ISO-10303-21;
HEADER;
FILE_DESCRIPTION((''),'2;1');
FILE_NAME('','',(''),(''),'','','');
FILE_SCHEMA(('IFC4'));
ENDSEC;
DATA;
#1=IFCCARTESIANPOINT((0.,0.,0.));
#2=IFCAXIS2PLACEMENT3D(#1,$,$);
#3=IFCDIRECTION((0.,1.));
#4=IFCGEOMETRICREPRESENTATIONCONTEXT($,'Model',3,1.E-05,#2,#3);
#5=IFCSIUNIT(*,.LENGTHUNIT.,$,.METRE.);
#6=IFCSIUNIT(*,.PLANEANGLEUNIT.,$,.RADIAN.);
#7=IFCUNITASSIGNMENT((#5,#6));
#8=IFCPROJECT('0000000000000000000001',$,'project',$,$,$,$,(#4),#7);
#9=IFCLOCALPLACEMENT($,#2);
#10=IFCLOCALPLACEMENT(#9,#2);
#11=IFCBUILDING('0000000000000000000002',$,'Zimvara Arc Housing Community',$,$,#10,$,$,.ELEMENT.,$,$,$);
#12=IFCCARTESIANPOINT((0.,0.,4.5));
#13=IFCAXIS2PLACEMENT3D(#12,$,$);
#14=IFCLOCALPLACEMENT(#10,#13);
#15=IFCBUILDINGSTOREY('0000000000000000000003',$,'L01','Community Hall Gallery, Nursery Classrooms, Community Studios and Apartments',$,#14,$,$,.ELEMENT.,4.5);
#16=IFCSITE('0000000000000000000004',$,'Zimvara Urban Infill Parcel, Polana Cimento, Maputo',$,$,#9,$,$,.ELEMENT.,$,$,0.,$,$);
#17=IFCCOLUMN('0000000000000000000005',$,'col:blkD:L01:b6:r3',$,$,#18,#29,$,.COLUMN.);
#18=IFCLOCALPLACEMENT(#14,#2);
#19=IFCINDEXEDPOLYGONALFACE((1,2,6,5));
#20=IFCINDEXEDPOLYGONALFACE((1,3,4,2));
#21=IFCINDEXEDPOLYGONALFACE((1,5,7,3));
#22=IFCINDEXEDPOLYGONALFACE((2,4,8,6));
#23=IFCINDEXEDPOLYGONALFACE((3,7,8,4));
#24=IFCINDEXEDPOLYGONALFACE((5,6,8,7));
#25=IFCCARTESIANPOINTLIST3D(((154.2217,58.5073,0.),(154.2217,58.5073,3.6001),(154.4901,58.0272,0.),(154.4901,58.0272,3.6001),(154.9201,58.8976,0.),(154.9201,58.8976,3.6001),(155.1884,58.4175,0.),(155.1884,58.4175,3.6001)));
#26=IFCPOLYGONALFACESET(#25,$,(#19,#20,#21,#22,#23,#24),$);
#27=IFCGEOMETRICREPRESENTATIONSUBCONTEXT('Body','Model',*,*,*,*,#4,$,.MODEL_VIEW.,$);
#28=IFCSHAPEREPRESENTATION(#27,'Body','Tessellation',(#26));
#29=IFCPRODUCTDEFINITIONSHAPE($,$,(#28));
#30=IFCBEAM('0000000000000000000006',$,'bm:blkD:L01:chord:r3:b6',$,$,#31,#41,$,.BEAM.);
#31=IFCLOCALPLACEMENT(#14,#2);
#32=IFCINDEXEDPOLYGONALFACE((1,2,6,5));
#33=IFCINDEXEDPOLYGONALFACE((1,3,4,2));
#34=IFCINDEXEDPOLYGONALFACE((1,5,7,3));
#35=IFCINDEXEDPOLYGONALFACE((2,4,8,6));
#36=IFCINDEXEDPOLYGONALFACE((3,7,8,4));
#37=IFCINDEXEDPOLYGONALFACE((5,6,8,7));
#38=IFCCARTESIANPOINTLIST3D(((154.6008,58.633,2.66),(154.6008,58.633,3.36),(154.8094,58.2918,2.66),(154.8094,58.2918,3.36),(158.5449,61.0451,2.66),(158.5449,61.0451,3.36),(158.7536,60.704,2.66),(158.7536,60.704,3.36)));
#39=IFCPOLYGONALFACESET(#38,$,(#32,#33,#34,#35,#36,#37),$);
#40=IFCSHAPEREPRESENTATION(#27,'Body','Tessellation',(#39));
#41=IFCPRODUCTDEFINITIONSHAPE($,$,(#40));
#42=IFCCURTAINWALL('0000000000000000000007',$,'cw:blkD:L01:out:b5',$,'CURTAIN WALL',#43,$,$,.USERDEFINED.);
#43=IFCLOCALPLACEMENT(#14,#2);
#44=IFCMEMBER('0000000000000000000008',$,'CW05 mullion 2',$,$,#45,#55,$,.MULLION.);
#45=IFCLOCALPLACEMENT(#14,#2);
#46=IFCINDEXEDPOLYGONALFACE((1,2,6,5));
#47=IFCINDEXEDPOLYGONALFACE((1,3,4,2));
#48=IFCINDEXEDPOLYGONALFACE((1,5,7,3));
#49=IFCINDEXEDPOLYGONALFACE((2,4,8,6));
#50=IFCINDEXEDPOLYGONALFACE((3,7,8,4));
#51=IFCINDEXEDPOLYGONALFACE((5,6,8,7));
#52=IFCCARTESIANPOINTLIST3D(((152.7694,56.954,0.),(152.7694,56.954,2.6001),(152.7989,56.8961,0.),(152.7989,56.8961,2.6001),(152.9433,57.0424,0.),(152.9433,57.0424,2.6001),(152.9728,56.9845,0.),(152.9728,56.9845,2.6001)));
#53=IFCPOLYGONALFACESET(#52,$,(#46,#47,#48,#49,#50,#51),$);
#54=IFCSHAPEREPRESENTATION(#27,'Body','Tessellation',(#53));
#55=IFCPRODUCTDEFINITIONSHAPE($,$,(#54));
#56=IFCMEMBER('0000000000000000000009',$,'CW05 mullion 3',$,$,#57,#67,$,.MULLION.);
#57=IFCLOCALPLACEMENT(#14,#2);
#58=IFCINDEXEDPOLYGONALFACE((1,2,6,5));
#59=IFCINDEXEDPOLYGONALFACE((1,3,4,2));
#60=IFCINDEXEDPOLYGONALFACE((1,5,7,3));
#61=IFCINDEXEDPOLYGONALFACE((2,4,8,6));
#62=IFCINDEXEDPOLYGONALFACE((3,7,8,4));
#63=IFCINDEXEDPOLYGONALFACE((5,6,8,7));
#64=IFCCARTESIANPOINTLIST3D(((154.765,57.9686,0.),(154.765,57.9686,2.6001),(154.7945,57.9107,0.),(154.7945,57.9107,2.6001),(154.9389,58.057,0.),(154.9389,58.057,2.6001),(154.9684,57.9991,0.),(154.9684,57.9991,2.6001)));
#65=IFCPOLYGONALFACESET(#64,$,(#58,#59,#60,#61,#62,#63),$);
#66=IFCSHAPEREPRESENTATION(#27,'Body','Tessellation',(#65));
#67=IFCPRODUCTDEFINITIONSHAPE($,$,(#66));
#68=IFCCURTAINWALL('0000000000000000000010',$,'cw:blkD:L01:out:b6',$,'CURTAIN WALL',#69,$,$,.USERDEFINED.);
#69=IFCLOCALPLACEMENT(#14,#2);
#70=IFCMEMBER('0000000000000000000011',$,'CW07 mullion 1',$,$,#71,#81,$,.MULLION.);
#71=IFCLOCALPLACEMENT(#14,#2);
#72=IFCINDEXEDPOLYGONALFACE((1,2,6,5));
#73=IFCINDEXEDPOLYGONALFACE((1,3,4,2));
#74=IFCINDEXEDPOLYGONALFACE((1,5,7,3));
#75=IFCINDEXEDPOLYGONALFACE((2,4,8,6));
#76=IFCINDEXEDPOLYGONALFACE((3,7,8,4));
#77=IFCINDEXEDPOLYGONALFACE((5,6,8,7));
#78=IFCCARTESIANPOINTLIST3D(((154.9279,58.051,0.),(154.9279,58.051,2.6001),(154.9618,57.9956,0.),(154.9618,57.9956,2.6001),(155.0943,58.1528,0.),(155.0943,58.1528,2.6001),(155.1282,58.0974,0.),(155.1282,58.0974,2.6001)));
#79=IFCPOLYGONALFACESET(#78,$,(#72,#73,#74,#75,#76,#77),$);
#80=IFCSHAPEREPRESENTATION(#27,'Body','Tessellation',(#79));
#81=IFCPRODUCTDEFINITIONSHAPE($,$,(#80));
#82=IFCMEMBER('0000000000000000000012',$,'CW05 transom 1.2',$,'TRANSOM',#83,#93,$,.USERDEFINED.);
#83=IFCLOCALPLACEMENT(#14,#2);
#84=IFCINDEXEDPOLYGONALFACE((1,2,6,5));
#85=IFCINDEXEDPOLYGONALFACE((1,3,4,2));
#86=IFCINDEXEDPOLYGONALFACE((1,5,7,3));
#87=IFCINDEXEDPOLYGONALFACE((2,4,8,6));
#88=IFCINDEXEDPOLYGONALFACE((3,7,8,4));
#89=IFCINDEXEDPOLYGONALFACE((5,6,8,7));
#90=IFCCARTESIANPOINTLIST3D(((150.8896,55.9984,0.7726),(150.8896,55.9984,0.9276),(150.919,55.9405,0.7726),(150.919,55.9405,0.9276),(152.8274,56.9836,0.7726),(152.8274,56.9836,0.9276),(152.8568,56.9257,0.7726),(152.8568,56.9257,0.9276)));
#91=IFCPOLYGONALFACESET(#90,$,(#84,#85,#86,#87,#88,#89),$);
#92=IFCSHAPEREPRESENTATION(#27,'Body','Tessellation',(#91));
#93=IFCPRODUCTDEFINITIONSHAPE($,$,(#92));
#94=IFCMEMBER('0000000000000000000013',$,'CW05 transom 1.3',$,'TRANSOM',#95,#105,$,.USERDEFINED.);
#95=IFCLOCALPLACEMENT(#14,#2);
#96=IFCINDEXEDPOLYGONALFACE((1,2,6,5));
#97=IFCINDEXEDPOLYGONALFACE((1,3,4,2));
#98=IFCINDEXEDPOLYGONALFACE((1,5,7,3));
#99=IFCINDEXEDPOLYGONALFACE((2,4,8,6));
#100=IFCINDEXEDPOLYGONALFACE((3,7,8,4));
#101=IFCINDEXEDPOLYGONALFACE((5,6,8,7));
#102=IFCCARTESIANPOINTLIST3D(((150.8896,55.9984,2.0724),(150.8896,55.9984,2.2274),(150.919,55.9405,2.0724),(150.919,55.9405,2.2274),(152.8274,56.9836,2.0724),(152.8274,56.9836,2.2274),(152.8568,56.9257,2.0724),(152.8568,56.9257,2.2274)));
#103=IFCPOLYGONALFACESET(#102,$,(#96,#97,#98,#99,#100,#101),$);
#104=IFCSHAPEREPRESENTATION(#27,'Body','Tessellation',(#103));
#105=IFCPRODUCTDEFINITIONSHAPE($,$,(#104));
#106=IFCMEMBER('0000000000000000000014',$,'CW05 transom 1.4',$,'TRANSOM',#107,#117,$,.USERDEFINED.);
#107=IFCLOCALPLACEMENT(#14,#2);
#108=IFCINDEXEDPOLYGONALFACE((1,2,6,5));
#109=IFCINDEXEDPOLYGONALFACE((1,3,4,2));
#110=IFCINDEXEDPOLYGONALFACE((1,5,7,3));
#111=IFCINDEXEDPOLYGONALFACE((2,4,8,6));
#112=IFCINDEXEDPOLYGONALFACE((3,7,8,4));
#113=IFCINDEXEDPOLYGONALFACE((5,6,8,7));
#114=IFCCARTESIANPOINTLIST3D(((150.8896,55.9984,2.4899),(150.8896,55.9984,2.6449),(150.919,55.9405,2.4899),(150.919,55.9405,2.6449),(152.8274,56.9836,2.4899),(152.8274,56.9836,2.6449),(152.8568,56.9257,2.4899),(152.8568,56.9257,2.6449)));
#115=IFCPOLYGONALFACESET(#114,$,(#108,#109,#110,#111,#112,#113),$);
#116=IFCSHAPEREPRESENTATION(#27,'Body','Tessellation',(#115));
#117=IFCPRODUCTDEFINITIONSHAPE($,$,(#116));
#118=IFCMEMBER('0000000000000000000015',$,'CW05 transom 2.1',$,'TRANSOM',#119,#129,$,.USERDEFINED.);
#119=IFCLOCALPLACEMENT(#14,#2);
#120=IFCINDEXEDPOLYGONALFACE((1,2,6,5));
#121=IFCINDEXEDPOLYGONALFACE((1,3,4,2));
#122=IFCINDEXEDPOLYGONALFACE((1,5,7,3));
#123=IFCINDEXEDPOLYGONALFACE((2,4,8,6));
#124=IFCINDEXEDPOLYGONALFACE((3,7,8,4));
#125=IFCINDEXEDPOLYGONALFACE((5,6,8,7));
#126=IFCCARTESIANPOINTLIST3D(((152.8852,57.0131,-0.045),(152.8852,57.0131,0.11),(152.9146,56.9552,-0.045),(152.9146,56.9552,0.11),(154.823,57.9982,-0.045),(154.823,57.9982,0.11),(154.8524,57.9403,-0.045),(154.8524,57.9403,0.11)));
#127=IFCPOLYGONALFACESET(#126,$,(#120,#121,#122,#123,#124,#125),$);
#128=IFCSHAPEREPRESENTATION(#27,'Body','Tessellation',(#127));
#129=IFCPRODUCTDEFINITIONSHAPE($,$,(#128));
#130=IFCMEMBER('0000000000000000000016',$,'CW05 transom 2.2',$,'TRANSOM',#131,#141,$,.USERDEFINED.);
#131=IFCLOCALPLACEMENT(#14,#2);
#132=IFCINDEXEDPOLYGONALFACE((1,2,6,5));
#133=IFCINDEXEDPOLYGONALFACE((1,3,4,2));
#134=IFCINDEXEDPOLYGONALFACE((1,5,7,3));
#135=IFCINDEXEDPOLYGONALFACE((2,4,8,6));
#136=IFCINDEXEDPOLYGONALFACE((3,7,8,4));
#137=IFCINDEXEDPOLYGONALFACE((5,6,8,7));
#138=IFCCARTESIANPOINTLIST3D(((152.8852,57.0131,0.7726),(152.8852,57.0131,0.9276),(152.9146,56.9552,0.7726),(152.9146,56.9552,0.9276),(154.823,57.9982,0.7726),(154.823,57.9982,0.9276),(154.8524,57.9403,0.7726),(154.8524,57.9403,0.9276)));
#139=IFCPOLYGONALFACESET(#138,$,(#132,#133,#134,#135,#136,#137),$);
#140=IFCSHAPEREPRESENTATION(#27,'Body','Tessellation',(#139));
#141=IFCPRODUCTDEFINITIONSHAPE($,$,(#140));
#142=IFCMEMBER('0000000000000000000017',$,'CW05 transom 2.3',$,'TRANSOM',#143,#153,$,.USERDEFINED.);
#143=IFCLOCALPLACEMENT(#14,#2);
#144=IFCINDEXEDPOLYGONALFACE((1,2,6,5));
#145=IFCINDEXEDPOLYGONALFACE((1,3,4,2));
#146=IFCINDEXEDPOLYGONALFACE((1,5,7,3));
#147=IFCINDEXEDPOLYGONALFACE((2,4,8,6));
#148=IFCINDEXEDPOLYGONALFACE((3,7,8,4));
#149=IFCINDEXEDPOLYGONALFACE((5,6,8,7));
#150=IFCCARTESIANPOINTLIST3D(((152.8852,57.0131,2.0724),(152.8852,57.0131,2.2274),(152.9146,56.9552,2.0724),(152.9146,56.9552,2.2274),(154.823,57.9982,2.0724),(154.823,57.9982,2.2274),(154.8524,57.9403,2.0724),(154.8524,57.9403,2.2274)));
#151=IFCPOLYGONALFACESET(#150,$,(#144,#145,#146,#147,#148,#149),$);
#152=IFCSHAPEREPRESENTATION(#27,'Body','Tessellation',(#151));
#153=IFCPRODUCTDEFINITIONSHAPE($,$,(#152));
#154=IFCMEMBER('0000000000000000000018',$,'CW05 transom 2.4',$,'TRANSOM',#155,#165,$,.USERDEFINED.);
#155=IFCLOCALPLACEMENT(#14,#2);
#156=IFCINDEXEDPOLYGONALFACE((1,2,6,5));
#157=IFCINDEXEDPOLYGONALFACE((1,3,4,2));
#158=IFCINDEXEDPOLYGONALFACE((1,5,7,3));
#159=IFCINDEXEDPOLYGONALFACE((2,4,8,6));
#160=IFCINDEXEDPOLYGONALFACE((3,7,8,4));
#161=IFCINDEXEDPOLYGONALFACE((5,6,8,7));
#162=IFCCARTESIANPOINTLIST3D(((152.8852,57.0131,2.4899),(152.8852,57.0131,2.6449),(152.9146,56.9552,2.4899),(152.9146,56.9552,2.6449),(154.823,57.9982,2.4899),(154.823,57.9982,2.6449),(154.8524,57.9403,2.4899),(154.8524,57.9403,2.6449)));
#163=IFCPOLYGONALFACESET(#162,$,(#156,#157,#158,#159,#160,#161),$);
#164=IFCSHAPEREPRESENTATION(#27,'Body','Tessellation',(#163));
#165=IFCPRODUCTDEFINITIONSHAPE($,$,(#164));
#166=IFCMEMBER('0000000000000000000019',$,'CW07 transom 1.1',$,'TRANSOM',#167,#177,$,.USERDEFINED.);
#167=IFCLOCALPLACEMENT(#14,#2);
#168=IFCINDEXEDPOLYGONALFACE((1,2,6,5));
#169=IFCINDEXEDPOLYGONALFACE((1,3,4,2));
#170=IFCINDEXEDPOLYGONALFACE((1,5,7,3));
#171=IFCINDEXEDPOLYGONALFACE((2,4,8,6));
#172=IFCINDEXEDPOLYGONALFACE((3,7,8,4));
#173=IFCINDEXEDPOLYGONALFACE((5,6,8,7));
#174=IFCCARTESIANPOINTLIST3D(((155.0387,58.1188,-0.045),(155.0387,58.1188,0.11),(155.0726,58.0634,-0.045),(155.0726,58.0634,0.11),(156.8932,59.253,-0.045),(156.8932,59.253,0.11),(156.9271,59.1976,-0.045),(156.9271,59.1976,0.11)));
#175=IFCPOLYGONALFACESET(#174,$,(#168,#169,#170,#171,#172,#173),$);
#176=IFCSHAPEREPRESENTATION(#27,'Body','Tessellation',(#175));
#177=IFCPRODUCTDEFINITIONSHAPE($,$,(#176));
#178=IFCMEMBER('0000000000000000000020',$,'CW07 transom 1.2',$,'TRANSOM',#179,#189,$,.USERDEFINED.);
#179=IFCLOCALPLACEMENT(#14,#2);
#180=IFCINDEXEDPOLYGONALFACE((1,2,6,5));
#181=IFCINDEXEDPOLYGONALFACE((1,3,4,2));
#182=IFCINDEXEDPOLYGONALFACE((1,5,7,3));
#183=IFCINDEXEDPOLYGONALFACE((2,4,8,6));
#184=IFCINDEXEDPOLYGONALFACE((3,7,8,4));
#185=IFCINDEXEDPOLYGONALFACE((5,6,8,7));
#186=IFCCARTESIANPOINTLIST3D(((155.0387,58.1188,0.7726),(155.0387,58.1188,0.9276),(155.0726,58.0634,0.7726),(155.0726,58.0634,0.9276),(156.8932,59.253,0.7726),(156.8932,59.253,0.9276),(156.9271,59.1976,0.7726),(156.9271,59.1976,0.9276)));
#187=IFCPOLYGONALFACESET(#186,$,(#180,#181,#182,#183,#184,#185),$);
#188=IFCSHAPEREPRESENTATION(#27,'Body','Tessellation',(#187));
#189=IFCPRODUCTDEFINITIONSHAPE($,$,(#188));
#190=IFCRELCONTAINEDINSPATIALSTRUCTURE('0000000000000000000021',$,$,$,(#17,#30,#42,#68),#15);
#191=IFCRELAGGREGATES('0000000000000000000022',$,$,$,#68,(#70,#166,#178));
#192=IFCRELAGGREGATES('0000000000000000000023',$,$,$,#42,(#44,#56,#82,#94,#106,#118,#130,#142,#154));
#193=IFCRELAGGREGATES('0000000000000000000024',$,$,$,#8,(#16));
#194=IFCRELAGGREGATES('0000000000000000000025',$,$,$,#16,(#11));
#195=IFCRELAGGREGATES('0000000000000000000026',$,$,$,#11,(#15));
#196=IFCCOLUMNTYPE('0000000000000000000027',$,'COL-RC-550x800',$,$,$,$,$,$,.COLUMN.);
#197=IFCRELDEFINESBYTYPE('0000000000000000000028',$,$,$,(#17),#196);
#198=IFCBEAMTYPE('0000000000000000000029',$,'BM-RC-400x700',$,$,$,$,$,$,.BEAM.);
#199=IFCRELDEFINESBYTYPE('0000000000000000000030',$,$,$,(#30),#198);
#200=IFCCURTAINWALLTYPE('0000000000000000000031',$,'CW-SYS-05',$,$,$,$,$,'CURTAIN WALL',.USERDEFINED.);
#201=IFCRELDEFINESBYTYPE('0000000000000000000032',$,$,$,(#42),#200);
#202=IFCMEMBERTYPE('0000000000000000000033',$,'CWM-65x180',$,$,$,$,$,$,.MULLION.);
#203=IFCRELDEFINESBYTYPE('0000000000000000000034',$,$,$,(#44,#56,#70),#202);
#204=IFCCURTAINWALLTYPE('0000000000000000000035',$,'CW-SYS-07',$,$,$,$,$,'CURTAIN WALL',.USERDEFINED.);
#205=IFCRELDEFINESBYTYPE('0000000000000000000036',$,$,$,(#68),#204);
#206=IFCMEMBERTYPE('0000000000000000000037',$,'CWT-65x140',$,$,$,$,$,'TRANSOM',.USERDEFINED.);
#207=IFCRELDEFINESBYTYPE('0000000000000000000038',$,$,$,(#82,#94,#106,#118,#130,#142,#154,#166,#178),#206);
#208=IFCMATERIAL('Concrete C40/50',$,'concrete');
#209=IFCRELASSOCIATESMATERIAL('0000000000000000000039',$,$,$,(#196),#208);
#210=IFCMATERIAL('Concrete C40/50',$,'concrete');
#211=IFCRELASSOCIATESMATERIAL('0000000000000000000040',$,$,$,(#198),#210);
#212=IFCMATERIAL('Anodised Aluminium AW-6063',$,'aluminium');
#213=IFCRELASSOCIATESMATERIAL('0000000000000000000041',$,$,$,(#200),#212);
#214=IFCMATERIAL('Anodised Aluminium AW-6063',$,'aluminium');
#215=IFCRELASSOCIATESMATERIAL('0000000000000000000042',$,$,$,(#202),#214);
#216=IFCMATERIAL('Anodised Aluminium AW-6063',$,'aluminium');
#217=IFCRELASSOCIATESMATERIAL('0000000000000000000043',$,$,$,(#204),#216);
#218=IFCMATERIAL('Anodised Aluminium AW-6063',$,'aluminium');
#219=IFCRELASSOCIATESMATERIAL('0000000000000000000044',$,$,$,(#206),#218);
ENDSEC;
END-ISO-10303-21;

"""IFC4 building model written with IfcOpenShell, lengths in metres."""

from ifc_helpers import new_model, si_unit, direction, frame, origin, origin_2d, place, context, subcontext, project, spatial, rectangle, extrude, material, material_profile, profile_set, type_object, element, aggregate, save


model = new_model("IFC4")

# Units and contexts
model_context = context("Model", 3, precision=1e-05, world=origin(), true_north=direction((0.0, 1.0)))
body_context = subcontext(model_context, "Body", "Model", "MODEL_VIEW")
ifc_project = project(units=[si_unit("LENGTHUNIT", "METRE"), si_unit("PLANEANGLEUNIT", "RADIAN")], contexts=[model_context])

# Site, building, storey
site_placement = place(None, origin())
site = spatial("IfcSite", under=ifc_project, at=site_placement, Name="Zimvara Urban Infill Parcel, Polana Cimento, Maputo", CompositionType="ELEMENT", RefElevation=0.0)
building_placement = place(site_placement, origin())
building = spatial("IfcBuilding", under=site, at=building_placement, Name="Zimvara Arc Housing Community", CompositionType="ELEMENT")
storey_placement = place(building_placement, frame((0.0, 0.0, 4.5)))
storey = spatial("IfcBuildingStorey", under=building, at=storey_placement, Name="L01", Description="Community Hall Gallery, Nursery Classrooms, Community Studios and Apartments", CompositionType="ELEMENT", Elevation=4.5)

# Column
ifc_material_1 = material(Name="Concrete C40/50", Category="concrete")
ifc_material_profile_1 = material_profile(ifc_material_1, rectangle(XDim=0.55, YDim=0.8, at=origin_2d()), Name="RC 550x800")
ifc_profile_set_1 = profile_set([ifc_material_profile_1], Name="Concrete C40/50")
column_type = type_object("IfcColumnType", Name="COL-RC-550x800", PredefinedType="COLUMN", material=ifc_profile_set_1)
column_placement = place(storey_placement, frame((154.7051, 58.4624, 0.0), z_axis=(0.0, 0.0, 1.0), x_axis=(0.48786, -0.872922, 0.0)))
element("IfcColumn", 1, at=column_placement, inside=storey, type_object=column_type, Name="col:blkD:L01:b6:r3", PredefinedType="COLUMN", context=body_context, shape_type="SweptSolid", body=[
    extrude(rectangle(XDim=0.55, YDim=0.8, at=origin_2d()), origin(), (0.0, 0.0, 1.0), 3.6001),
])

# Beam
ifc_material_2 = material(Name="Concrete C40/50", Category="concrete")
ifc_material_profile_2 = material_profile(ifc_material_2, rectangle(XDim=0.3999, YDim=0.7, at=origin_2d()), Name="RC 400x700")
ifc_profile_set_2 = profile_set([ifc_material_profile_2], Name="Concrete C40/50")
beam_type = type_object("IfcBeamType", Name="BM-RC-400x700", PredefinedType="BEAM", material=ifc_profile_set_2)
beam_placement = place(storey_placement, frame((154.7051, 58.4624, 3.01), z_axis=(0.853106, 0.521738, 0.0), x_axis=(-0.521738, 0.853106, 0.0)))
element("IfcBeam", 2, at=beam_placement, inside=storey, type_object=beam_type, Name="bm:blkD:L01:chord:r3:b6", PredefinedType="BEAM", context=body_context, shape_type="SweptSolid", body=[
    extrude(rectangle(XDim=0.3999, YDim=0.7, at=origin_2d()), origin(), (0.0, 0.0, 1.0), 4.6233),
])

# Curtain wall, members
ifc_material_3 = material(Name="Anodised Aluminium AW-6063", Category="aluminium")
curtain_wall_type_1 = type_object("IfcCurtainWallType", Name="CW-SYS-05", ElementType="CURTAIN WALL", PredefinedType="USERDEFINED", material=ifc_material_3)
curtain_wall_1_placement = place(storey_placement, origin())
curtain_wall_1 = element("IfcCurtainWall", 3, at=curtain_wall_1_placement, inside=storey, type_object=curtain_wall_type_1, Name="cw:blkD:L01:out:b5", ObjectType="CURTAIN WALL", PredefinedType="USERDEFINED")
ifc_material_4 = material(Name="Anodised Aluminium AW-6063", Category="aluminium")
ifc_material_profile_3 = material_profile(ifc_material_4, rectangle(XDim=0.0649, YDim=0.1951, at=origin_2d()), Name="ALU 65x195")
ifc_profile_set_3 = profile_set([ifc_material_profile_3], Name="Anodised Aluminium AW-6063")
member_type_1 = type_object("IfcMemberType", Name="CWM-65x180", PredefinedType="MULLION", material=ifc_profile_set_3)
member_1_placement = place(storey_placement, frame((152.8711, 56.9692, 0.0), z_axis=(0.0, 0.0, 1.0), x_axis=(-0.453212, 0.891403, 0.0)))
member_1 = element("IfcMember", 4, at=member_1_placement, type_object=member_type_1, Name="CW05 mullion 2", PredefinedType="MULLION", context=body_context, shape_type="SweptSolid", body=[
    extrude(rectangle(XDim=0.0649, YDim=0.1951, at=origin_2d()), origin(), (0.0, 0.0, 1.0), 2.6001),
])
member_2_placement = place(storey_placement, frame((154.8667, 57.9839, 0.0), z_axis=(0.0, 0.0, 1.0), x_axis=(-0.453212, 0.891403, 0.0)))
member_2 = element("IfcMember", 5, at=member_2_placement, type_object=member_type_1, Name="CW05 mullion 3", PredefinedType="MULLION", context=body_context, shape_type="SweptSolid", body=[
    extrude(rectangle(XDim=0.0649, YDim=0.1951, at=origin_2d()), origin(), (0.0, 0.0, 1.0), 2.6001),
])

# Curtain wall, member
ifc_material_5 = material(Name="Anodised Aluminium AW-6063", Category="aluminium")
curtain_wall_type_2 = type_object("IfcCurtainWallType", Name="CW-SYS-07", ElementType="CURTAIN WALL", PredefinedType="USERDEFINED", material=ifc_material_5)
curtain_wall_2_placement = place(storey_placement, origin())
curtain_wall_2 = element("IfcCurtainWall", 6, at=curtain_wall_2_placement, inside=storey, type_object=curtain_wall_type_2, Name="cw:blkD:L01:out:b6", ObjectType="CURTAIN WALL", PredefinedType="USERDEFINED")
member_3_placement = place(storey_placement, frame((155.0281, 58.0742, 0.0), z_axis=(0.0, 0.0, 1.0), x_axis=(-0.521754, 0.853096, 0.0)))
member_3 = element("IfcMember", 7, at=member_3_placement, type_object=member_type_1, Name="CW07 mullion 1", PredefinedType="MULLION", context=body_context, shape_type="SweptSolid", body=[
    extrude(rectangle(XDim=0.0649, YDim=0.1951, at=origin_2d()), origin(), (0.0, 0.0, 1.0), 2.6001),
])

# Members
ifc_material_6 = material(Name="Anodised Aluminium AW-6063", Category="aluminium")
ifc_material_profile_4 = material_profile(ifc_material_6, rectangle(XDim=0.0649, YDim=0.155, at=origin_2d()), Name="ALU 65x155")
ifc_profile_set_4 = profile_set([ifc_material_profile_4], Name="Anodised Aluminium AW-6063")
member_type_2 = type_object("IfcMemberType", Name="CWT-65x140", ElementType="TRANSOM", PredefinedType="USERDEFINED", material=ifc_profile_set_4)
member_4_placement = place(storey_placement, frame((150.9043, 55.9695, 0.8501), z_axis=(0.89142, 0.453179, 0.0), x_axis=(-0.453179, 0.89142, 0.0)))
member_4 = element("IfcMember", 8, at=member_4_placement, type_object=member_type_2, Name="CW05 transom 1.2", ObjectType="TRANSOM", PredefinedType="USERDEFINED", context=body_context, shape_type="SweptSolid", body=[
    extrude(rectangle(XDim=0.0649, YDim=0.155, at=origin_2d()), origin(), (0.0, 0.0, 1.0), 2.1738),
])
member_5_placement = place(storey_placement, frame((150.9043, 55.9695, 2.1499), z_axis=(0.89142, 0.453179, 0.0), x_axis=(-0.453179, 0.89142, 0.0)))
member_5 = element("IfcMember", 9, at=member_5_placement, type_object=member_type_2, Name="CW05 transom 1.3", ObjectType="TRANSOM", PredefinedType="USERDEFINED", context=body_context, shape_type="SweptSolid", body=[
    extrude(rectangle(XDim=0.0649, YDim=0.155, at=origin_2d()), origin(), (0.0, 0.0, 1.0), 2.1738),
])
member_6_placement = place(storey_placement, frame((150.9043, 55.9695, 2.5674), z_axis=(0.89142, 0.453179, 0.0), x_axis=(-0.453179, 0.89142, 0.0)))
member_6 = element("IfcMember", 10, at=member_6_placement, type_object=member_type_2, Name="CW05 transom 1.4", ObjectType="TRANSOM", PredefinedType="USERDEFINED", context=body_context, shape_type="SweptSolid", body=[
    extrude(rectangle(XDim=0.0649, YDim=0.155, at=origin_2d()), origin(), (0.0, 0.0, 1.0), 2.1738),
])
member_7_placement = place(storey_placement, frame((152.8999, 56.9841, 0.0325), z_axis=(0.89142, 0.453179, 0.0), x_axis=(-0.453179, 0.89142, 0.0)))
member_7 = element("IfcMember", 11, at=member_7_placement, type_object=member_type_2, Name="CW05 transom 2.1", ObjectType="TRANSOM", PredefinedType="USERDEFINED", context=body_context, shape_type="SweptSolid", body=[
    extrude(rectangle(XDim=0.0649, YDim=0.155, at=origin_2d()), origin(), (0.0, 0.0, 1.0), 2.1738),
])
member_8_placement = place(storey_placement, frame((152.8999, 56.9841, 0.8501), z_axis=(0.89142, 0.453179, 0.0), x_axis=(-0.453179, 0.89142, 0.0)))
member_8 = element("IfcMember", 12, at=member_8_placement, type_object=member_type_2, Name="CW05 transom 2.2", ObjectType="TRANSOM", PredefinedType="USERDEFINED", context=body_context, shape_type="SweptSolid", body=[
    extrude(rectangle(XDim=0.0649, YDim=0.155, at=origin_2d()), origin(), (0.0, 0.0, 1.0), 2.1738),
])
member_9_placement = place(storey_placement, frame((152.8999, 56.9841, 2.1499), z_axis=(0.89142, 0.453179, 0.0), x_axis=(-0.453179, 0.89142, 0.0)))
member_9 = element("IfcMember", 13, at=member_9_placement, type_object=member_type_2, Name="CW05 transom 2.3", ObjectType="TRANSOM", PredefinedType="USERDEFINED", context=body_context, shape_type="SweptSolid", body=[
    extrude(rectangle(XDim=0.0649, YDim=0.155, at=origin_2d()), origin(), (0.0, 0.0, 1.0), 2.1738),
])
member_10_placement = place(storey_placement, frame((152.8999, 56.9841, 2.5674), z_axis=(0.89142, 0.453179, 0.0), x_axis=(-0.453179, 0.89142, 0.0)))
member_10 = element("IfcMember", 14, at=member_10_placement, type_object=member_type_2, Name="CW05 transom 2.4", ObjectType="TRANSOM", PredefinedType="USERDEFINED", context=body_context, shape_type="SweptSolid", body=[
    extrude(rectangle(XDim=0.0649, YDim=0.155, at=origin_2d()), origin(), (0.0, 0.0, 1.0), 2.1738),
])
member_11_placement = place(storey_placement, frame((155.0557, 58.0911, 0.0325), z_axis=(0.853082, 0.521777, 0.0), x_axis=(-0.521777, 0.853082, 0.0)))
member_11 = element("IfcMember", 15, at=member_11_placement, type_object=member_type_2, Name="CW07 transom 1.1", ObjectType="TRANSOM", PredefinedType="USERDEFINED", context=body_context, shape_type="SweptSolid", body=[
    extrude(rectangle(XDim=0.0649, YDim=0.155, at=origin_2d()), origin(), (0.0, 0.0, 1.0), 2.1738),
])
member_12_placement = place(storey_placement, frame((155.0557, 58.0911, 0.8501), z_axis=(0.853082, 0.521777, 0.0), x_axis=(-0.521777, 0.853082, 0.0)))
member_12 = element("IfcMember", 16, at=member_12_placement, type_object=member_type_2, Name="CW07 transom 1.2", ObjectType="TRANSOM", PredefinedType="USERDEFINED", context=body_context, shape_type="SweptSolid", body=[
    extrude(rectangle(XDim=0.0649, YDim=0.155, at=origin_2d()), origin(), (0.0, 0.0, 1.0), 2.1738),
])
aggregate(curtain_wall_2, [member_3, member_11, member_12])

aggregate(curtain_wall_1, [member_1, member_2, member_4, member_5, member_6, member_7, member_8, member_9, member_10])

save(model, "model.ifc")
